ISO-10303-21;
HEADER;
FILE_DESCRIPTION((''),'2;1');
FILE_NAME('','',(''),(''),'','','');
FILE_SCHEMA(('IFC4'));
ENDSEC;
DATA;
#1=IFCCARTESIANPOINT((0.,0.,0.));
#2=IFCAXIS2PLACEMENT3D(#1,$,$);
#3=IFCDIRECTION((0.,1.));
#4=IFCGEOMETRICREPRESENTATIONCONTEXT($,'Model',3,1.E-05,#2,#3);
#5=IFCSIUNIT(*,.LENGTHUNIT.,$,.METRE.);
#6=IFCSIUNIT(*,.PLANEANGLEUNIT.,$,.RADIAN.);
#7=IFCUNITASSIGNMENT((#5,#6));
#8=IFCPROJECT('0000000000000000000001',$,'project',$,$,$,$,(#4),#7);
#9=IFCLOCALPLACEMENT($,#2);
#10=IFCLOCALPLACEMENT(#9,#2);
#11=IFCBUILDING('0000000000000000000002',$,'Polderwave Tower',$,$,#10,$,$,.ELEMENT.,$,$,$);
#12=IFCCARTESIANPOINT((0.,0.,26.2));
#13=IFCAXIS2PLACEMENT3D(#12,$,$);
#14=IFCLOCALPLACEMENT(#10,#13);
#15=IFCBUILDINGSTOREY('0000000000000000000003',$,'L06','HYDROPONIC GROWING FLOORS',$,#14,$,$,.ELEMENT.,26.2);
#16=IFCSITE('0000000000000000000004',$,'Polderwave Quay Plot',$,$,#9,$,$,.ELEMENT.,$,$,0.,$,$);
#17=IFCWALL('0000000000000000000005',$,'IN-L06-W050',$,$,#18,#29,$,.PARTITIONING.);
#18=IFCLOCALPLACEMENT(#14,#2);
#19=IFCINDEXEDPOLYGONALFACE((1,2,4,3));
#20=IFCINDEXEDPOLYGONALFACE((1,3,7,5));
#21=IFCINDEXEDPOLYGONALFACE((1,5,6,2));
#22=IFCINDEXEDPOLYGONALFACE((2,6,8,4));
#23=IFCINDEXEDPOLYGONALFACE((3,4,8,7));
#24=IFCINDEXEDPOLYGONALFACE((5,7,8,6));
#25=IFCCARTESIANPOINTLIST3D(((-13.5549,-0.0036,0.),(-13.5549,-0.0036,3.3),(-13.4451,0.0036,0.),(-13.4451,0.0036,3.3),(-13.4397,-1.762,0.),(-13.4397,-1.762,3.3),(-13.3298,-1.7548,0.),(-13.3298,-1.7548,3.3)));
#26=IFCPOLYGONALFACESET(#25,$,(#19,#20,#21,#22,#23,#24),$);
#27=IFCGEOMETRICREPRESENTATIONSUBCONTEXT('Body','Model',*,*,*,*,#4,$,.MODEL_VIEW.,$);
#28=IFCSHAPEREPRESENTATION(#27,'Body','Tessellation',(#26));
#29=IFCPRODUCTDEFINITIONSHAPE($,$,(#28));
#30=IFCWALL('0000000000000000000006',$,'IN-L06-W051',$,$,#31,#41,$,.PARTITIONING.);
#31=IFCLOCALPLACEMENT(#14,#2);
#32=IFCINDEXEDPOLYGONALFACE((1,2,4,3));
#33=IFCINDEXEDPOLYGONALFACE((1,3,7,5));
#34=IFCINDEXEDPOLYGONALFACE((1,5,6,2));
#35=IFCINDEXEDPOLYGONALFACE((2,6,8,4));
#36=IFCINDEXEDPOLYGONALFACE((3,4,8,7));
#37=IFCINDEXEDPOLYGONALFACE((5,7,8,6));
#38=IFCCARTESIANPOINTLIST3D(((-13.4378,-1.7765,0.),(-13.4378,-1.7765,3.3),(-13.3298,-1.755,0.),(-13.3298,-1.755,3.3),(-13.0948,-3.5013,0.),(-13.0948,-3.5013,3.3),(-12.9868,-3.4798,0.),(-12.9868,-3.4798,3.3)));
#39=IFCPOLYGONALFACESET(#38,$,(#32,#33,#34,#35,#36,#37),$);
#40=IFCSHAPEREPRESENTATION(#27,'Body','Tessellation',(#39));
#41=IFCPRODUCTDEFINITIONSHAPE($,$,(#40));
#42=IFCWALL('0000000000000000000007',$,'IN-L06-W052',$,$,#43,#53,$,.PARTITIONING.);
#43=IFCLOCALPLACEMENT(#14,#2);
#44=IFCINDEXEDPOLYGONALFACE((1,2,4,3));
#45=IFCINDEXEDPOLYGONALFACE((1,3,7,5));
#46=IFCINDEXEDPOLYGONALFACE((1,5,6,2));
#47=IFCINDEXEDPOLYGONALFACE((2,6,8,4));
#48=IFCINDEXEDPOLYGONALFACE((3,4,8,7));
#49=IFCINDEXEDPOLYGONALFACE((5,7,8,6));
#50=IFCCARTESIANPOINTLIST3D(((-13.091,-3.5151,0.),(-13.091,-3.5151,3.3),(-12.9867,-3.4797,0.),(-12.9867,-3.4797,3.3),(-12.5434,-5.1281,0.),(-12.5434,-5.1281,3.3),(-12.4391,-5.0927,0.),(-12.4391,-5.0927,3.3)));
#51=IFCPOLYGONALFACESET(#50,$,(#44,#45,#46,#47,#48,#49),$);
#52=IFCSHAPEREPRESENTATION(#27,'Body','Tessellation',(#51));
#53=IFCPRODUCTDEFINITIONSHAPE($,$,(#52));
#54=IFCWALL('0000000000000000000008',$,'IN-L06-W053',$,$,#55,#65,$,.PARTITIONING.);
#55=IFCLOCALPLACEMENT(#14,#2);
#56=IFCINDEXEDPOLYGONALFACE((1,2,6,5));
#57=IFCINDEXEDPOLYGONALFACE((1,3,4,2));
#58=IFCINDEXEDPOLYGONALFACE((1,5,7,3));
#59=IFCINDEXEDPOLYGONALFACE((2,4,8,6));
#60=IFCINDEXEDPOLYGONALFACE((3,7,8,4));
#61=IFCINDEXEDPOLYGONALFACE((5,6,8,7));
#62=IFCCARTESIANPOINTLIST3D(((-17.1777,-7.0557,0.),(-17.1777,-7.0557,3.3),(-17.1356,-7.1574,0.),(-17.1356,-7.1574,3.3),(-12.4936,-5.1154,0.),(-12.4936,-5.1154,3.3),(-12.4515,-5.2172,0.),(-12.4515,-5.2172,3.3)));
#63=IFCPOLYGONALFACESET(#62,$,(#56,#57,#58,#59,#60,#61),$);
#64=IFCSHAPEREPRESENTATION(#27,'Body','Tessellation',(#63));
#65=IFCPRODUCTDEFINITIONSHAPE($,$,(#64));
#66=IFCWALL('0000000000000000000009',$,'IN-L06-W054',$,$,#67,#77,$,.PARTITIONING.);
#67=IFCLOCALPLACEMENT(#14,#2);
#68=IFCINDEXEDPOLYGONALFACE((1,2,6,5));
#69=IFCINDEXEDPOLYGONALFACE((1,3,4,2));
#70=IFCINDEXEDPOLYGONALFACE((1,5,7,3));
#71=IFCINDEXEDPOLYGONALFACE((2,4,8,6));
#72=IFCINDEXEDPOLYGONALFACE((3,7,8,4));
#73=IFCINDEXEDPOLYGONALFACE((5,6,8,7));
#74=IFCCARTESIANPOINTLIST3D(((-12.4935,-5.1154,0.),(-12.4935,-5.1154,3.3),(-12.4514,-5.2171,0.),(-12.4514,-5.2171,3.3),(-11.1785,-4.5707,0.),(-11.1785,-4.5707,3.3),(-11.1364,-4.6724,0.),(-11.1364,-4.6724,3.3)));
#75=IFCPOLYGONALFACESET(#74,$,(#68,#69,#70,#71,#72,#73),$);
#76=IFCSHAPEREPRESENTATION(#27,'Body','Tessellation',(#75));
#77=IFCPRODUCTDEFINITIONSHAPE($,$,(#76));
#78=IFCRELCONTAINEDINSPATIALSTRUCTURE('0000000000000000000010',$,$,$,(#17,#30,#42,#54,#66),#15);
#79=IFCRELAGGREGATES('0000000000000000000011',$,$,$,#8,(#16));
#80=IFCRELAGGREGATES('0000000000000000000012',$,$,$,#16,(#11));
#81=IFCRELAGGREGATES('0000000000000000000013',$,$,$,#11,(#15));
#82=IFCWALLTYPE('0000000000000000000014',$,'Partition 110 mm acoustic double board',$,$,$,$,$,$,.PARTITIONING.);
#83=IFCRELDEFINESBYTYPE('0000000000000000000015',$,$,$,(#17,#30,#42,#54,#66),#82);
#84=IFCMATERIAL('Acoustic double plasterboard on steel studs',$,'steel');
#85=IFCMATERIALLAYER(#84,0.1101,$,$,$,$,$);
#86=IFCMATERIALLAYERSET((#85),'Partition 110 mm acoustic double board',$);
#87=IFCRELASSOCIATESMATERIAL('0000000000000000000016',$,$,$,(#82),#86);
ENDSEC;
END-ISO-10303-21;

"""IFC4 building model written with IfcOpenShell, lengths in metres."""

from ifc_helpers import new_model, si_unit, direction, frame, frame_2d, origin, place, context, subcontext, project, spatial, rectangle, extrude, material, layer, layer_set, type_object, element, save


model = new_model("IFC4")

# Units and contexts
model_context = context("Model", 3, precision=1e-05, world=origin(), true_north=direction((0.0, 1.0)))
body_context = subcontext(model_context, "Body", "Model", "MODEL_VIEW")
ifc_project = project(units=[si_unit("LENGTHUNIT", "METRE"), si_unit("PLANEANGLEUNIT", "RADIAN")], contexts=[model_context])

# Site, building, storey
site_placement = place(None, origin())
site = spatial("IfcSite", under=ifc_project, at=site_placement, Name="Polderwave Quay Plot", CompositionType="ELEMENT", RefElevation=0.0)
building_placement = place(site_placement, origin())
building = spatial("IfcBuilding", under=site, at=building_placement, Name="Polderwave Tower", CompositionType="ELEMENT")
storey_placement = place(building_placement, frame((0.0, 0.0, 26.2)))
storey = spatial("IfcBuildingStorey", under=building, at=storey_placement, Name="L06", Description="HYDROPONIC GROWING FLOORS", CompositionType="ELEMENT", Elevation=26.2)

# Walls
ifc_material_1 = material(Name="Acoustic double plasterboard on steel studs", Category="steel")
ifc_layer_1 = layer(ifc_material_1, 0.1101)
ifc_layer_set_1 = layer_set([ifc_layer_1], Name="Partition 110 mm acoustic double board")
wall_type_1 = type_object("IfcWallType", Name="Partition 110 mm acoustic double board", PredefinedType="PARTITIONING", material=ifc_layer_set_1)
wall_1_placement = place(storey_placement, frame((-13.5, 0.0, 0.0), z_axis=(0.0, 0.0, 1.0), x_axis=(0.065388, -0.99786, 0.0)))
element("IfcWall", 1, at=wall_1_placement, inside=storey, type_object=wall_type_1, Name="IN-L06-W050", PredefinedType="PARTITIONING", context=body_context, shape_type="SweptSolid", body=[
    extrude(rectangle(XDim=1.7622, YDim=0.1101, at=frame_2d((0.8811, 0.0))), origin(), (0.0, 0.0, 1.0), 3.3),
])
wall_2_placement = place(storey_placement, frame((-13.3838, -1.7656, 0.0), z_axis=(0.0, 0.0, 1.0), x_axis=(0.195048, -0.980794, 0.0)))
element("IfcWall", 2, at=wall_2_placement, inside=storey, type_object=wall_type_1, Name="IN-L06-W051", PredefinedType="PARTITIONING", context=body_context, shape_type="SweptSolid", body=[
    extrude(rectangle(XDim=1.7585, YDim=0.1101, at=frame_2d((0.8794, 0.0))), origin(), (0.0, 0.0, 1.0), 3.3),
])
wall_3_placement = place(storey_placement, frame((-13.0388, -3.4976, 0.0), z_axis=(0.0, 0.0, 1.0), x_axis=(0.321468, -0.94692, 0.0)))
element("IfcWall", 3, at=wall_3_placement, inside=storey, type_object=wall_type_1, Name="IN-L06-W052", PredefinedType="PARTITIONING", context=body_context, shape_type="SweptSolid", body=[
    extrude(rectangle(XDim=1.7034, YDim=0.1101, at=frame_2d((0.8516, 0.0))), origin(), (0.0, 0.0, 1.0), 3.3),
])
wall_4_placement = place(storey_placement, frame((-12.4724, -5.1663, 0.0), z_axis=(0.0, 0.0, 1.0), x_axis=(-0.923881, -0.382679, 0.0)))
element("IfcWall", 4, at=wall_4_placement, inside=storey, type_object=wall_type_1, Name="IN-L06-W053", PredefinedType="PARTITIONING", context=body_context, shape_type="SweptSolid", body=[
    extrude(rectangle(XDim=5.0701, YDim=0.1101, at=frame_2d((2.5352, 0.0))), origin(), (0.0, 0.0, 1.0), 3.3),
])
wall_5_placement = place(storey_placement, frame((-11.1575, -4.6216, 0.0), z_axis=(0.0, 0.0, 1.0), x_axis=(-0.923877, -0.38269, 0.0)))
element("IfcWall", 5, at=wall_5_placement, inside=storey, type_object=wall_type_1, Name="IN-L06-W054", PredefinedType="PARTITIONING", context=body_context, shape_type="SweptSolid", body=[
    extrude(rectangle(XDim=1.4233, YDim=0.1101, at=frame_2d((0.7117, 0.0))), origin(), (0.0, 0.0, 1.0), 3.3),
])

save(model, "model.ifc")
